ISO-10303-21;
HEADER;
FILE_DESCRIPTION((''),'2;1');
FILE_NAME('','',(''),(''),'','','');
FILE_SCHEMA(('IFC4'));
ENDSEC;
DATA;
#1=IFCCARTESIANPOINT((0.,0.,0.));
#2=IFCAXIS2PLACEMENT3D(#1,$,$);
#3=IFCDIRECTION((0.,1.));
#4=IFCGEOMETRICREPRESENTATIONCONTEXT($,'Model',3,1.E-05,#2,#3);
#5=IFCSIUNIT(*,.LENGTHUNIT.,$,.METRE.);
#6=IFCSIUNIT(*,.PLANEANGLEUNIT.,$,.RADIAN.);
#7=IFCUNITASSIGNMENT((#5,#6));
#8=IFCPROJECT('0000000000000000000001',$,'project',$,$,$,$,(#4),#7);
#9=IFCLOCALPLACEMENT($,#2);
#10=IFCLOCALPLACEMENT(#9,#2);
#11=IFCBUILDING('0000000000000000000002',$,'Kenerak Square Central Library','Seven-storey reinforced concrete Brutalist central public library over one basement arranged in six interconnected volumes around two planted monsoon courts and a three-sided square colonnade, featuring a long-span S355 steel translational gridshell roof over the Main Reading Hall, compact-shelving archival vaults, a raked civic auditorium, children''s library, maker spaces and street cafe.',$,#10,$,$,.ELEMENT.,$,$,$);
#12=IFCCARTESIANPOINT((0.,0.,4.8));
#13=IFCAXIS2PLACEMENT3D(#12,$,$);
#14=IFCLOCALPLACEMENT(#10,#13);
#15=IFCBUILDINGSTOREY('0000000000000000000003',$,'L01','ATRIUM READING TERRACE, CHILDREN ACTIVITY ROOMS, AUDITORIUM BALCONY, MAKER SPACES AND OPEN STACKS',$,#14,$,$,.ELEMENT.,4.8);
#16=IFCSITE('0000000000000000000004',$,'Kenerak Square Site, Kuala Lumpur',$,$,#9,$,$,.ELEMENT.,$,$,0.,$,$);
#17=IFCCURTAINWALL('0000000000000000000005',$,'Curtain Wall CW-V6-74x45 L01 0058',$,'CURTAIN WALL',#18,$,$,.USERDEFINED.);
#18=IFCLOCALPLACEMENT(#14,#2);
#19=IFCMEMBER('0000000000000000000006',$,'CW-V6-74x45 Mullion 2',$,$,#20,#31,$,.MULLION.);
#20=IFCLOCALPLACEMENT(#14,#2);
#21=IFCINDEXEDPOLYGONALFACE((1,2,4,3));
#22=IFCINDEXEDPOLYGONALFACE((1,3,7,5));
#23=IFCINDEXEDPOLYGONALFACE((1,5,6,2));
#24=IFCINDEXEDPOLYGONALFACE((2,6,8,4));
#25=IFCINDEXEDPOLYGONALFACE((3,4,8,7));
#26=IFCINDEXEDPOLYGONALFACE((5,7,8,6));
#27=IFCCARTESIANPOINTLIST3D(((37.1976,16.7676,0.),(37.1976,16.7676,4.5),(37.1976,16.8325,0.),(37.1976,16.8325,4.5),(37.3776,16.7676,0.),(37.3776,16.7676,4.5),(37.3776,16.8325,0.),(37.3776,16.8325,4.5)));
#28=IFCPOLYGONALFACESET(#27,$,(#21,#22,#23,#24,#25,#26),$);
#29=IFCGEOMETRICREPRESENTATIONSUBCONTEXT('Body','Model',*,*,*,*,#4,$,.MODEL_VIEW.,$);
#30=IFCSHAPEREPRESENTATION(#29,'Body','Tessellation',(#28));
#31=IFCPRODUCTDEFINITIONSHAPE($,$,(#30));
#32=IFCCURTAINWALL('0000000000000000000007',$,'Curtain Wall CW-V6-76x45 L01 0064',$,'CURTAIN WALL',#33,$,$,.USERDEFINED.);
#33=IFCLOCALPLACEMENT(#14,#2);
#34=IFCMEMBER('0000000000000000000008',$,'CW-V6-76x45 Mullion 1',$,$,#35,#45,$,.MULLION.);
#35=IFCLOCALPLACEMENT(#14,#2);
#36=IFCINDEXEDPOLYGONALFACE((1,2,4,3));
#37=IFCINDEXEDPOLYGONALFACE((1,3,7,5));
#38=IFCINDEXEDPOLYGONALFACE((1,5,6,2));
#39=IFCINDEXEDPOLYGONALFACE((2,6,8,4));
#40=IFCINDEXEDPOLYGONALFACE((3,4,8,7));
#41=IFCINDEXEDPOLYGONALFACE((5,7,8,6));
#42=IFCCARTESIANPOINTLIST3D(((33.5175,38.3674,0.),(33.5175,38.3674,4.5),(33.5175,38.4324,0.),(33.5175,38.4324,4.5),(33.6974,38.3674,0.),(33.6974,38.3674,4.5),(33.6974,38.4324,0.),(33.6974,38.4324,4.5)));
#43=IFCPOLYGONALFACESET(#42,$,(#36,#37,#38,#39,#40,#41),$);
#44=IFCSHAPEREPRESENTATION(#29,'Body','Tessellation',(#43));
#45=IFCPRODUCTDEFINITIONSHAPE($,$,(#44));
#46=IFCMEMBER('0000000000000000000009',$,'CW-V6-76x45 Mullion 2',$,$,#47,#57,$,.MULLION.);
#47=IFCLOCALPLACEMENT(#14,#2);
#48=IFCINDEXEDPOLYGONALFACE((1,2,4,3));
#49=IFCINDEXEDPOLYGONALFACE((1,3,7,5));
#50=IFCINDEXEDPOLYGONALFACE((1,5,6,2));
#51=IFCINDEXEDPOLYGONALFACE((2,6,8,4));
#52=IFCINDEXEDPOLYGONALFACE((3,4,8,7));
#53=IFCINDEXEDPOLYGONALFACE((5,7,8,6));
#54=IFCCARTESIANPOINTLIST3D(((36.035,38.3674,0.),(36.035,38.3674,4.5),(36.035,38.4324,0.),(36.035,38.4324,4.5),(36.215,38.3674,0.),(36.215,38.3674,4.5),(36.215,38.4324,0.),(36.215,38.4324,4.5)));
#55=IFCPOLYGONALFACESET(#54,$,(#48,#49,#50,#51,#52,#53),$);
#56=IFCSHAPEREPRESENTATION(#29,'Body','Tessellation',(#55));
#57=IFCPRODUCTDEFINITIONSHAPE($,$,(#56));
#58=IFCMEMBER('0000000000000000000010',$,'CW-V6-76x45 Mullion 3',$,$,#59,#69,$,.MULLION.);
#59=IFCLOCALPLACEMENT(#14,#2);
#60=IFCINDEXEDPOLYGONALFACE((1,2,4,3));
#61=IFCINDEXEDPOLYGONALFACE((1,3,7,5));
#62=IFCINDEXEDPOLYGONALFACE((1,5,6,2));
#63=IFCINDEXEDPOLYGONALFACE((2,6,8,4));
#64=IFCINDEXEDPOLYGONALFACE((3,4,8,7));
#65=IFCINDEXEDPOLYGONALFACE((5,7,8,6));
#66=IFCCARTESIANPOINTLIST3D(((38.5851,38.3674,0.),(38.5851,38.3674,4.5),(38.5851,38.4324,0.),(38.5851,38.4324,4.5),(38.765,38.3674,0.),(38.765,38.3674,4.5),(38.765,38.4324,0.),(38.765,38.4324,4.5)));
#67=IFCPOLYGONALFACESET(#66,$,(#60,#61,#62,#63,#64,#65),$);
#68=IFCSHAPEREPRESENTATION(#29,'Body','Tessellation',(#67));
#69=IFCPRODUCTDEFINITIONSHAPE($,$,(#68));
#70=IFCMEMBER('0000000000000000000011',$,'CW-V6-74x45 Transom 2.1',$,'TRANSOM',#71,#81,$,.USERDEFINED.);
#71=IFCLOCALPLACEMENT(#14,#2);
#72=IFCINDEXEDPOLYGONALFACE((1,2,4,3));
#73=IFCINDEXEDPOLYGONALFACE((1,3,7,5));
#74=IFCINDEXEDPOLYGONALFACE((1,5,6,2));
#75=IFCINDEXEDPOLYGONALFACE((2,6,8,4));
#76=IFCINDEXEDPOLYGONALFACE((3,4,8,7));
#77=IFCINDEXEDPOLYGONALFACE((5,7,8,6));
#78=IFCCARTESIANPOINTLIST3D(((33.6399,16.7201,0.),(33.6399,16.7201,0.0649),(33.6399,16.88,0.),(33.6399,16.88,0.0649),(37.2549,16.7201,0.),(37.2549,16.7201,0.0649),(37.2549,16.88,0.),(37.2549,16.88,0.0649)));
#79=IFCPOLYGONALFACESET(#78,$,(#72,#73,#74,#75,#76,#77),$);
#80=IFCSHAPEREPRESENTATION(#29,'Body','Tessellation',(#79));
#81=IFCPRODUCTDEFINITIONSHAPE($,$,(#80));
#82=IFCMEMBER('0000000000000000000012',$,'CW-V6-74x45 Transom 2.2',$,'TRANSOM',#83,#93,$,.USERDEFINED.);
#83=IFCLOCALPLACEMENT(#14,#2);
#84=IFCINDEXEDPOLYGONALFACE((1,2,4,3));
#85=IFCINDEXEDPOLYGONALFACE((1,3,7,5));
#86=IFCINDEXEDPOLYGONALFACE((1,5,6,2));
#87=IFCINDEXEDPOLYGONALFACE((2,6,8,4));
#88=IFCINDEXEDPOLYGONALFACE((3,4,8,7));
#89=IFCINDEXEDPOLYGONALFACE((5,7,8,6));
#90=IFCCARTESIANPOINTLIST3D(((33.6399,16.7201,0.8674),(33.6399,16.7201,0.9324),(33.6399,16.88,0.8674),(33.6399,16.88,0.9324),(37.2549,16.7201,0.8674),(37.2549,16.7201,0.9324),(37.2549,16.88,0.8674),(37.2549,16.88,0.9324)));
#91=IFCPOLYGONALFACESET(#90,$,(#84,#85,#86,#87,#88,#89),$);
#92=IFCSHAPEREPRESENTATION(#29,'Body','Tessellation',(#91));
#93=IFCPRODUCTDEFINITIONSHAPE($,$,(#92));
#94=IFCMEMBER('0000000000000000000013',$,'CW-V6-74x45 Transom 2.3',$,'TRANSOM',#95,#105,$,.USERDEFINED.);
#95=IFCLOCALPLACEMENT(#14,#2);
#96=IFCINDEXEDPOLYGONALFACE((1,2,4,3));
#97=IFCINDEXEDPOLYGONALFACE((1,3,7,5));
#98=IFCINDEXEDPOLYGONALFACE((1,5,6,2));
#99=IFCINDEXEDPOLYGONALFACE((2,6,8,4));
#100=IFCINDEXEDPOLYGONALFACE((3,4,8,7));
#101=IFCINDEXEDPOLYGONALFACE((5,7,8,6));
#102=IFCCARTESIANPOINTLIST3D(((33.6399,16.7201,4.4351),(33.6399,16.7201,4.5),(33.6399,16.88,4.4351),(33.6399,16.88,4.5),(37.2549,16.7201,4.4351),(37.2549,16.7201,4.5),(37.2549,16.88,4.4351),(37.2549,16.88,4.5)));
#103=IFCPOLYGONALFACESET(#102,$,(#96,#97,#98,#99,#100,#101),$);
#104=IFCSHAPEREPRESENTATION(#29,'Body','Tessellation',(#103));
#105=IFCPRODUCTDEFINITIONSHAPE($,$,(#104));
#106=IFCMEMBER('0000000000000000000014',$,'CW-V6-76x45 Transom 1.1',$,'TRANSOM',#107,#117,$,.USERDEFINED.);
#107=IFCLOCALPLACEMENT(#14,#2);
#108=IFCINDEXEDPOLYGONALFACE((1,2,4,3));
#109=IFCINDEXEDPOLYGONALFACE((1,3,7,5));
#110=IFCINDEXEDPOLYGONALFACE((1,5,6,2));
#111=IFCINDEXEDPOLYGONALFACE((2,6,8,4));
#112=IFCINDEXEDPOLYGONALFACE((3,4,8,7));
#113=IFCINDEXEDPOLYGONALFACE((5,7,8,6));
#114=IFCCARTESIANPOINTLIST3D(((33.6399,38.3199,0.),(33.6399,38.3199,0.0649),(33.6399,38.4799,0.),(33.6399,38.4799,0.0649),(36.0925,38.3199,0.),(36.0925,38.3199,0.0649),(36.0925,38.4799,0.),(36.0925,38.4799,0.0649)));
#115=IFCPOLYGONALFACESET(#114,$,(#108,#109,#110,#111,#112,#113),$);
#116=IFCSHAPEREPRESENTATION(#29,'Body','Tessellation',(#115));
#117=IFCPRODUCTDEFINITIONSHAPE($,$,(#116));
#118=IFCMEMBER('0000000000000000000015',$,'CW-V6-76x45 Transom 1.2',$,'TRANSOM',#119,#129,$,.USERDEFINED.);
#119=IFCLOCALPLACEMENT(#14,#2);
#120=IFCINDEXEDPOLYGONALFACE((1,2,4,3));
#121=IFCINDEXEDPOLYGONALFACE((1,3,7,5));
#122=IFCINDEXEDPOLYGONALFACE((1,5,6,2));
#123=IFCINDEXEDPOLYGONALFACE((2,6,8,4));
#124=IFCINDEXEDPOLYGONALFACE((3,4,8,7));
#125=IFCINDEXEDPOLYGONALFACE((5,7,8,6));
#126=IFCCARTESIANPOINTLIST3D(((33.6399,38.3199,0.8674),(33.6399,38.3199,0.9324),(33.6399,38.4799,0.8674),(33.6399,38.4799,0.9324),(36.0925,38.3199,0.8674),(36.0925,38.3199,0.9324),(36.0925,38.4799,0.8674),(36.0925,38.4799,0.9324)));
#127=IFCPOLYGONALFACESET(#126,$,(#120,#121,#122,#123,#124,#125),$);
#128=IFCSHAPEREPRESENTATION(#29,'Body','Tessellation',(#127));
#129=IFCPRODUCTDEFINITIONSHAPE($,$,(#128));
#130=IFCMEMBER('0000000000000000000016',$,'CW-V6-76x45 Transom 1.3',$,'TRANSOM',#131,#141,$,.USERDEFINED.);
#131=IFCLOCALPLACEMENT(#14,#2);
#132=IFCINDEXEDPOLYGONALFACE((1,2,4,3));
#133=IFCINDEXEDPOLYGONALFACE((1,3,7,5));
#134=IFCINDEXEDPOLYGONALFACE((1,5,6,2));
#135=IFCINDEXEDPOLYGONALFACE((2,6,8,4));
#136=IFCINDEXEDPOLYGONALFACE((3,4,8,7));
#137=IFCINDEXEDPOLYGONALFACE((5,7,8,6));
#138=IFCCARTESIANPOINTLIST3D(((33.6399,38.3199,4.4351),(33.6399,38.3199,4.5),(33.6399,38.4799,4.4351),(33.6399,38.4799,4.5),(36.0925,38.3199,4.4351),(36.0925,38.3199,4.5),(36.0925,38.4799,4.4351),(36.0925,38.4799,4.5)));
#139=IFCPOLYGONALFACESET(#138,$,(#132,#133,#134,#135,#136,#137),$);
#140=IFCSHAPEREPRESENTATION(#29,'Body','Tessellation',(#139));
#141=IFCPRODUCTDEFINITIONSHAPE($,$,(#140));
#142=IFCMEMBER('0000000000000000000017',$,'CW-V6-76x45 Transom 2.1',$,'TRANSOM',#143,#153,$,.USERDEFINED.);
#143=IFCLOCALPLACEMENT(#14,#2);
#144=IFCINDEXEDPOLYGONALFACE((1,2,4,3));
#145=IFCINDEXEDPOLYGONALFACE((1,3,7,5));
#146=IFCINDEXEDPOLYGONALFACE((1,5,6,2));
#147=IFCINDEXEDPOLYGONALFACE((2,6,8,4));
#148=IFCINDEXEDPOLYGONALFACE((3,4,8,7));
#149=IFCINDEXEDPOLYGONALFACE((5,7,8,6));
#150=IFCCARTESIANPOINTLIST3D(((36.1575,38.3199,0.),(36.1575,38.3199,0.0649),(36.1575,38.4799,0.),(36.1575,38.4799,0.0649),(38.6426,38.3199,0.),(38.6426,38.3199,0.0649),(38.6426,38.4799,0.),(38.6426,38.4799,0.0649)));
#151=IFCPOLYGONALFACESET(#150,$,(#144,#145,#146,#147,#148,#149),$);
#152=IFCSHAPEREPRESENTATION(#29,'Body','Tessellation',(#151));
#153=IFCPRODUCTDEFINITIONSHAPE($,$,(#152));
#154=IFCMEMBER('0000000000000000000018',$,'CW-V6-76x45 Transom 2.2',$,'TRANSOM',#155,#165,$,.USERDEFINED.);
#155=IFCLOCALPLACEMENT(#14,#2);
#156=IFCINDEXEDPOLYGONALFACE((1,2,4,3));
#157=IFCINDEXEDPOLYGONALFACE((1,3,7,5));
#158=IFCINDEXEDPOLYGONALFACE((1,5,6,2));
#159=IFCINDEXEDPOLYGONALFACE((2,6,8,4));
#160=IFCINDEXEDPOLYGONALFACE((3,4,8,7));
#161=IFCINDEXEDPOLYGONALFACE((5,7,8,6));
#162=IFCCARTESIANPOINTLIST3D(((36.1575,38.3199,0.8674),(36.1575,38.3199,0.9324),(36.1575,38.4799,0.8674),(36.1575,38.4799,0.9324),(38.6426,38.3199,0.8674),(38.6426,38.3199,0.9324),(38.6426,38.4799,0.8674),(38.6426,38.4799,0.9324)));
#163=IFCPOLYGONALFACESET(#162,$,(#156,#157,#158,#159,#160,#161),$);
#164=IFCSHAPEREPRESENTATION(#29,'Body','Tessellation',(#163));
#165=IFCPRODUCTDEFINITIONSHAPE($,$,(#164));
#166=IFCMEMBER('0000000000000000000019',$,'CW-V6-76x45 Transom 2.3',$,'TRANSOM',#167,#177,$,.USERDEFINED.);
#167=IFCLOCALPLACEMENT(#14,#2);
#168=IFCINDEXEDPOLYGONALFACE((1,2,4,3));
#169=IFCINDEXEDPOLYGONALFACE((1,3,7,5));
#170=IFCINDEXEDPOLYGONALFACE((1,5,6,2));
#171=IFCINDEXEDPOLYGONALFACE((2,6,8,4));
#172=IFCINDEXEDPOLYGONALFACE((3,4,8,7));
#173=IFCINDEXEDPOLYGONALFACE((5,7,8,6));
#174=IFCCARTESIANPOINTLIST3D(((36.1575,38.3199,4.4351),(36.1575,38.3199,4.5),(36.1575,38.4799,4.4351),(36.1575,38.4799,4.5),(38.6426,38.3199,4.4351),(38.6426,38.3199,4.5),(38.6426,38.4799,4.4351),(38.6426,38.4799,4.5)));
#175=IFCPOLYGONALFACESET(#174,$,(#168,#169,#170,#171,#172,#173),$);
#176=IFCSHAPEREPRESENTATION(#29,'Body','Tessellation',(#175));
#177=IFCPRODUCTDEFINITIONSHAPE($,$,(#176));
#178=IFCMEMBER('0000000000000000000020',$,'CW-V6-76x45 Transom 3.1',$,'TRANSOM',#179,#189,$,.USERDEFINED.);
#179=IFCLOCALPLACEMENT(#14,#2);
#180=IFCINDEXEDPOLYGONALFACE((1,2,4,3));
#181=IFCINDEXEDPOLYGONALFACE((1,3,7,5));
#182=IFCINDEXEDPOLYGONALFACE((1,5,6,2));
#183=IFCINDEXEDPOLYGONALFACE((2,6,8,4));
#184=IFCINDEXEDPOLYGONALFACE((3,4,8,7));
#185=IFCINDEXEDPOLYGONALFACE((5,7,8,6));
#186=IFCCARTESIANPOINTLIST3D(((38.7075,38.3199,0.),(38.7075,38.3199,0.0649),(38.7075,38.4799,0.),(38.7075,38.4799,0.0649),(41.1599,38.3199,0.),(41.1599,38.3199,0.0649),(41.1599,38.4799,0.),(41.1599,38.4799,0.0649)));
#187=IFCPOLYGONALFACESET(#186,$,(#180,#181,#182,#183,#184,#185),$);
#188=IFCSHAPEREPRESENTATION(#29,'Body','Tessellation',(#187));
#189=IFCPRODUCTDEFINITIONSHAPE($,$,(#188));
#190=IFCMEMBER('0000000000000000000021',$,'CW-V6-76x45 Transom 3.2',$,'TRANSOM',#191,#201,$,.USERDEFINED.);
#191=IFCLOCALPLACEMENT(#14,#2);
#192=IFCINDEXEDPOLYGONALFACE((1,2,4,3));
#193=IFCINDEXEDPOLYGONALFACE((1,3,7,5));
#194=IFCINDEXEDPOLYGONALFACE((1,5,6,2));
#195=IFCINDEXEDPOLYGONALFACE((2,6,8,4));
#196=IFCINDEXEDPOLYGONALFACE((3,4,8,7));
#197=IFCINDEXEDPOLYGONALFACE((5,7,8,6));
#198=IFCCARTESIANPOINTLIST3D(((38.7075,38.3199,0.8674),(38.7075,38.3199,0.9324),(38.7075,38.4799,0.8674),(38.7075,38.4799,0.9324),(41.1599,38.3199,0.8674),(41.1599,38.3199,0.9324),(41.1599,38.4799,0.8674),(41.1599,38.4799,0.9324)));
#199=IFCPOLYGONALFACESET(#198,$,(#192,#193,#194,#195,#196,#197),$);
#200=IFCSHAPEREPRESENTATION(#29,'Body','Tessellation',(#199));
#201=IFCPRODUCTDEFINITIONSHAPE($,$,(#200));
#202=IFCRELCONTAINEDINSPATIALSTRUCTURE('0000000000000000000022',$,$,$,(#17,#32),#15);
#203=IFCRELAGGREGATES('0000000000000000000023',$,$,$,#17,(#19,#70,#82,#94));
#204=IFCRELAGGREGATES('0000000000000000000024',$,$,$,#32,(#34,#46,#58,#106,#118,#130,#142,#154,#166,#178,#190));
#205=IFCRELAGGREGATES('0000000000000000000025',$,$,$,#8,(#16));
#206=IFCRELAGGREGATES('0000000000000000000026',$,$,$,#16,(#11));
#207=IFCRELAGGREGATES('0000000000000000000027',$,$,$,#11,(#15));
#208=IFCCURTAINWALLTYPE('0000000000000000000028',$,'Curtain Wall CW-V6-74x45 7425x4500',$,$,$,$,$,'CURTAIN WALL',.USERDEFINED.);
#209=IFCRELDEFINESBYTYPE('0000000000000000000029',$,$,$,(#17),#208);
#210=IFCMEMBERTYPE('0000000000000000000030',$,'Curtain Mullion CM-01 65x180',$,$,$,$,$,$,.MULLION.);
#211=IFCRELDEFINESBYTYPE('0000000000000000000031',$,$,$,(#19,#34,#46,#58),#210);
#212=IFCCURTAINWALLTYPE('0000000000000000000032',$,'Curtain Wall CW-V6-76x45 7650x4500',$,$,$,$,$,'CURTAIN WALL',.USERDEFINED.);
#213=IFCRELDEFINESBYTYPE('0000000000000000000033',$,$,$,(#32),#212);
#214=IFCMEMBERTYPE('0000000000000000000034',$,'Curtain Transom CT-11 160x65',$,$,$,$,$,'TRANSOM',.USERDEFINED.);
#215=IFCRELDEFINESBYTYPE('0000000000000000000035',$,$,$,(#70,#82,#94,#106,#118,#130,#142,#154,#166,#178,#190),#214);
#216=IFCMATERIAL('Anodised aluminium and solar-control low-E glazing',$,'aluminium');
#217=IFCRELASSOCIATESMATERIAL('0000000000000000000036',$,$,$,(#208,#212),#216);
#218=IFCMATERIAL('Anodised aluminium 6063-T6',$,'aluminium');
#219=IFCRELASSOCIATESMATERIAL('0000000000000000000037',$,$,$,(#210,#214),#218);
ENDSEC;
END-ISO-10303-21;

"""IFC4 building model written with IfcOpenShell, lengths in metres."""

from ifc_helpers import new_model, si_unit, direction, frame, origin, origin_2d, place, context, subcontext, project, spatial, rectangle, extrude, material, material_profile, profile_set, type_object, element, aggregate, save


model = new_model("IFC4")

# Units and contexts
model_context = context("Model", 3, precision=1e-05, world=origin(), true_north=direction((0.0, 1.0)))
body_context = subcontext(model_context, "Body", "Model", "MODEL_VIEW")
ifc_project = project(units=[si_unit("LENGTHUNIT", "METRE"), si_unit("PLANEANGLEUNIT", "RADIAN")], contexts=[model_context])

# Site, building, storey
site_placement = place(None, origin())
site = spatial("IfcSite", under=ifc_project, at=site_placement, Name="Kenerak Square Site, Kuala Lumpur", CompositionType="ELEMENT", RefElevation=0.0)
building_placement = place(site_placement, origin())
building = spatial("IfcBuilding", under=site, at=building_placement, Name="Kenerak Square Central Library", Description="Seven-storey reinforced concrete Brutalist central public library over one basement arranged in six interconnected volumes around two planted monsoon courts and a three-sided square colonnade, featuring a long-span S355 steel translational gridshell roof over the Main Reading Hall, compact-shelving archival vaults, a raked civic auditorium, children's library, maker spaces and street cafe.", CompositionType="ELEMENT")
storey_placement = place(building_placement, frame((0.0, 0.0, 4.8)))
storey = spatial("IfcBuildingStorey", under=building, at=storey_placement, Name="L01", Description="ATRIUM READING TERRACE, CHILDREN ACTIVITY ROOMS, AUDITORIUM BALCONY, MAKER SPACES AND OPEN STACKS", CompositionType="ELEMENT", Elevation=4.8)

# Curtain wall, member
ifc_material_1 = material(Name="Anodised aluminium and solar-control low-E glazing", Category="aluminium")
curtain_wall_type_1 = type_object("IfcCurtainWallType", Name="Curtain Wall CW-V6-74x45 7425x4500", ElementType="CURTAIN WALL", PredefinedType="USERDEFINED", material=ifc_material_1)
curtain_wall_1_placement = place(storey_placement, origin())
curtain_wall_1 = element("IfcCurtainWall", 1, at=curtain_wall_1_placement, inside=storey, type_object=curtain_wall_type_1, Name="Curtain Wall CW-V6-74x45 L01 0058", ObjectType="CURTAIN WALL", PredefinedType="USERDEFINED")
ifc_material_2 = material(Name="Anodised aluminium 6063-T6", Category="aluminium")
ifc_material_profile_1 = material_profile(ifc_material_2, rectangle(XDim=0.0649, YDim=0.1799, at=origin_2d()), Name="AL MULLION 65x180")
ifc_profile_set_1 = profile_set([ifc_material_profile_1], Name="Anodised aluminium 6063-T6")
member_type_1 = type_object("IfcMemberType", Name="Curtain Mullion CM-01 65x180", PredefinedType="MULLION", material=ifc_profile_set_1)
member_1_placement = place(storey_placement, frame((37.2876, 16.8, 0.0), z_axis=(0.0, 0.0, 1.0), x_axis=(0.0, -1.0, 0.0)))
member_1 = element("IfcMember", 2, at=member_1_placement, type_object=member_type_1, Name="CW-V6-74x45 Mullion 2", PredefinedType="MULLION", context=body_context, shape_type="SweptSolid", body=[
    extrude(rectangle(XDim=0.0649, YDim=0.1799, at=origin_2d()), origin(), (0.0, 0.0, 1.0), 4.5),
])

# Curtain wall, members
curtain_wall_type_2 = type_object("IfcCurtainWallType", Name="Curtain Wall CW-V6-76x45 7650x4500", ElementType="CURTAIN WALL", PredefinedType="USERDEFINED", material=ifc_material_1)
curtain_wall_2_placement = place(storey_placement, origin())
curtain_wall_2 = element("IfcCurtainWall", 3, at=curtain_wall_2_placement, inside=storey, type_object=curtain_wall_type_2, Name="Curtain Wall CW-V6-76x45 L01 0064", ObjectType="CURTAIN WALL", PredefinedType="USERDEFINED")
member_2_placement = place(storey_placement, frame((33.6074, 38.3999, 0.0), z_axis=(0.0, 0.0, 1.0), x_axis=(0.0, 1.0, 0.0)))
member_2 = element("IfcMember", 4, at=member_2_placement, type_object=member_type_1, Name="CW-V6-76x45 Mullion 1", PredefinedType="MULLION", context=body_context, shape_type="SweptSolid", body=[
    extrude(rectangle(XDim=0.0649, YDim=0.1799, at=origin_2d()), origin(), (0.0, 0.0, 1.0), 4.5),
])
member_3_placement = place(storey_placement, frame((36.125, 38.3999, 0.0), z_axis=(0.0, 0.0, 1.0), x_axis=(0.0, 1.0, 0.0)))
member_3 = element("IfcMember", 5, at=member_3_placement, type_object=member_type_1, Name="CW-V6-76x45 Mullion 2", PredefinedType="MULLION", context=body_context, shape_type="SweptSolid", body=[
    extrude(rectangle(XDim=0.0649, YDim=0.1799, at=origin_2d()), origin(), (0.0, 0.0, 1.0), 4.5),
])
member_4_placement = place(storey_placement, frame((38.675, 38.3999, 0.0), z_axis=(0.0, 0.0, 1.0), x_axis=(0.0, 1.0, 0.0)))
member_4 = element("IfcMember", 6, at=member_4_placement, type_object=member_type_1, Name="CW-V6-76x45 Mullion 3", PredefinedType="MULLION", context=body_context, shape_type="SweptSolid", body=[
    extrude(rectangle(XDim=0.0649, YDim=0.1799, at=origin_2d()), origin(), (0.0, 0.0, 1.0), 4.5),
])

# Members
ifc_material_profile_2 = material_profile(ifc_material_2, rectangle(XDim=0.1599, YDim=0.0649, at=origin_2d()), Name="AL TRANSOM 160x65")
ifc_profile_set_2 = profile_set([ifc_material_profile_2], Name="Anodised aluminium 6063-T6")
member_type_2 = type_object("IfcMemberType", Name="Curtain Transom CT-11 160x65", ElementType="TRANSOM", PredefinedType="USERDEFINED", material=ifc_profile_set_2)
member_5_placement = place(storey_placement, frame((37.2549, 16.8, 0.0325), z_axis=(-1.0, 0.0, 0.0), x_axis=(0.0, -1.0, 0.0)))
member_5 = element("IfcMember", 7, at=member_5_placement, type_object=member_type_2, Name="CW-V6-74x45 Transom 2.1", ObjectType="TRANSOM", PredefinedType="USERDEFINED", context=body_context, shape_type="SweptSolid", body=[
    extrude(rectangle(XDim=0.1599, YDim=0.0649, at=origin_2d()), origin(), (0.0, 0.0, 1.0), 3.615),
])
member_6_placement = place(storey_placement, frame((37.2549, 16.8, 0.8999), z_axis=(-1.0, 0.0, 0.0), x_axis=(0.0, -1.0, 0.0)))
member_6 = element("IfcMember", 8, at=member_6_placement, type_object=member_type_2, Name="CW-V6-74x45 Transom 2.2", ObjectType="TRANSOM", PredefinedType="USERDEFINED", context=body_context, shape_type="SweptSolid", body=[
    extrude(rectangle(XDim=0.1599, YDim=0.0649, at=origin_2d()), origin(), (0.0, 0.0, 1.0), 3.615),
])
member_7_placement = place(storey_placement, frame((37.2549, 16.8, 4.4675), z_axis=(-1.0, 0.0, 0.0), x_axis=(0.0, -1.0, 0.0)))
member_7 = element("IfcMember", 9, at=member_7_placement, type_object=member_type_2, Name="CW-V6-74x45 Transom 2.3", ObjectType="TRANSOM", PredefinedType="USERDEFINED", context=body_context, shape_type="SweptSolid", body=[
    extrude(rectangle(XDim=0.1599, YDim=0.0649, at=origin_2d()), origin(), (0.0, 0.0, 1.0), 3.615),
])
member_8_placement = place(storey_placement, frame((33.6399, 38.3999, 0.0325), z_axis=(1.0, 0.0, 0.0), x_axis=(0.0, 1.0, 0.0)))
member_8 = element("IfcMember", 10, at=member_8_placement, type_object=member_type_2, Name="CW-V6-76x45 Transom 1.1", ObjectType="TRANSOM", PredefinedType="USERDEFINED", context=body_context, shape_type="SweptSolid", body=[
    extrude(rectangle(XDim=0.1599, YDim=0.0649, at=origin_2d()), origin(), (0.0, 0.0, 1.0), 2.4526),
])
member_9_placement = place(storey_placement, frame((33.6399, 38.3999, 0.8999), z_axis=(1.0, 0.0, 0.0), x_axis=(0.0, 1.0, 0.0)))
member_9 = element("IfcMember", 11, at=member_9_placement, type_object=member_type_2, Name="CW-V6-76x45 Transom 1.2", ObjectType="TRANSOM", PredefinedType="USERDEFINED", context=body_context, shape_type="SweptSolid", body=[
    extrude(rectangle(XDim=0.1599, YDim=0.0649, at=origin_2d()), origin(), (0.0, 0.0, 1.0), 2.4526),
])
member_10_placement = place(storey_placement, frame((33.6399, 38.3999, 4.4675), z_axis=(1.0, 0.0, 0.0), x_axis=(0.0, 1.0, 0.0)))
member_10 = element("IfcMember", 12, at=member_10_placement, type_object=member_type_2, Name="CW-V6-76x45 Transom 1.3", ObjectType="TRANSOM", PredefinedType="USERDEFINED", context=body_context, shape_type="SweptSolid", body=[
    extrude(rectangle(XDim=0.1599, YDim=0.0649, at=origin_2d()), origin(), (0.0, 0.0, 1.0), 2.4526),
])
member_11_placement = place(storey_placement, frame((36.1575, 38.3999, 0.0325), z_axis=(1.0, 0.0, 0.0), x_axis=(0.0, 1.0, 0.0)))
member_11 = element("IfcMember", 13, at=member_11_placement, type_object=member_type_2, Name="CW-V6-76x45 Transom 2.1", ObjectType="TRANSOM", PredefinedType="USERDEFINED", context=body_context, shape_type="SweptSolid", body=[
    extrude(rectangle(XDim=0.1599, YDim=0.0649, at=origin_2d()), origin(), (0.0, 0.0, 1.0), 2.4851),
])
member_12_placement = place(storey_placement, frame((36.1575, 38.3999, 0.8999), z_axis=(1.0, 0.0, 0.0), x_axis=(0.0, 1.0, 0.0)))
member_12 = element("IfcMember", 14, at=member_12_placement, type_object=member_type_2, Name="CW-V6-76x45 Transom 2.2", ObjectType="TRANSOM", PredefinedType="USERDEFINED", context=body_context, shape_type="SweptSolid", body=[
    extrude(rectangle(XDim=0.1599, YDim=0.0649, at=origin_2d()), origin(), (0.0, 0.0, 1.0), 2.4851),
])
member_13_placement = place(storey_placement, frame((36.1575, 38.3999, 4.4675), z_axis=(1.0, 0.0, 0.0), x_axis=(0.0, 1.0, 0.0)))
member_13 = element("IfcMember", 15, at=member_13_placement, type_object=member_type_2, Name="CW-V6-76x45 Transom 2.3", ObjectType="TRANSOM", PredefinedType="USERDEFINED", context=body_context, shape_type="SweptSolid", body=[
    extrude(rectangle(XDim=0.1599, YDim=0.0649, at=origin_2d()), origin(), (0.0, 0.0, 1.0), 2.4851),
])
member_14_placement = place(storey_placement, frame((38.7075, 38.3999, 0.0325), z_axis=(1.0, 0.0, 0.0), x_axis=(0.0, 1.0, 0.0)))
member_14 = element("IfcMember", 16, at=member_14_placement, type_object=member_type_2, Name="CW-V6-76x45 Transom 3.1", ObjectType="TRANSOM", PredefinedType="USERDEFINED", context=body_context, shape_type="SweptSolid", body=[
    extrude(rectangle(XDim=0.1599, YDim=0.0649, at=origin_2d()), origin(), (0.0, 0.0, 1.0), 2.4524),
])
member_15_placement = place(storey_placement, frame((38.7075, 38.3999, 0.8999), z_axis=(1.0, 0.0, 0.0), x_axis=(0.0, 1.0, 0.0)))
member_15 = element("IfcMember", 17, at=member_15_placement, type_object=member_type_2, Name="CW-V6-76x45 Transom 3.2", ObjectType="TRANSOM", PredefinedType="USERDEFINED", context=body_context, shape_type="SweptSolid", body=[
    extrude(rectangle(XDim=0.1599, YDim=0.0649, at=origin_2d()), origin(), (0.0, 0.0, 1.0), 2.4524),
])

aggregate(curtain_wall_1, [member_1, member_5, member_6, member_7])
aggregate(curtain_wall_2, [member_2, member_3, member_4, member_8, member_9, member_10, member_11, member_12, member_13, member_14, member_15])

save(model, "model.ifc")
